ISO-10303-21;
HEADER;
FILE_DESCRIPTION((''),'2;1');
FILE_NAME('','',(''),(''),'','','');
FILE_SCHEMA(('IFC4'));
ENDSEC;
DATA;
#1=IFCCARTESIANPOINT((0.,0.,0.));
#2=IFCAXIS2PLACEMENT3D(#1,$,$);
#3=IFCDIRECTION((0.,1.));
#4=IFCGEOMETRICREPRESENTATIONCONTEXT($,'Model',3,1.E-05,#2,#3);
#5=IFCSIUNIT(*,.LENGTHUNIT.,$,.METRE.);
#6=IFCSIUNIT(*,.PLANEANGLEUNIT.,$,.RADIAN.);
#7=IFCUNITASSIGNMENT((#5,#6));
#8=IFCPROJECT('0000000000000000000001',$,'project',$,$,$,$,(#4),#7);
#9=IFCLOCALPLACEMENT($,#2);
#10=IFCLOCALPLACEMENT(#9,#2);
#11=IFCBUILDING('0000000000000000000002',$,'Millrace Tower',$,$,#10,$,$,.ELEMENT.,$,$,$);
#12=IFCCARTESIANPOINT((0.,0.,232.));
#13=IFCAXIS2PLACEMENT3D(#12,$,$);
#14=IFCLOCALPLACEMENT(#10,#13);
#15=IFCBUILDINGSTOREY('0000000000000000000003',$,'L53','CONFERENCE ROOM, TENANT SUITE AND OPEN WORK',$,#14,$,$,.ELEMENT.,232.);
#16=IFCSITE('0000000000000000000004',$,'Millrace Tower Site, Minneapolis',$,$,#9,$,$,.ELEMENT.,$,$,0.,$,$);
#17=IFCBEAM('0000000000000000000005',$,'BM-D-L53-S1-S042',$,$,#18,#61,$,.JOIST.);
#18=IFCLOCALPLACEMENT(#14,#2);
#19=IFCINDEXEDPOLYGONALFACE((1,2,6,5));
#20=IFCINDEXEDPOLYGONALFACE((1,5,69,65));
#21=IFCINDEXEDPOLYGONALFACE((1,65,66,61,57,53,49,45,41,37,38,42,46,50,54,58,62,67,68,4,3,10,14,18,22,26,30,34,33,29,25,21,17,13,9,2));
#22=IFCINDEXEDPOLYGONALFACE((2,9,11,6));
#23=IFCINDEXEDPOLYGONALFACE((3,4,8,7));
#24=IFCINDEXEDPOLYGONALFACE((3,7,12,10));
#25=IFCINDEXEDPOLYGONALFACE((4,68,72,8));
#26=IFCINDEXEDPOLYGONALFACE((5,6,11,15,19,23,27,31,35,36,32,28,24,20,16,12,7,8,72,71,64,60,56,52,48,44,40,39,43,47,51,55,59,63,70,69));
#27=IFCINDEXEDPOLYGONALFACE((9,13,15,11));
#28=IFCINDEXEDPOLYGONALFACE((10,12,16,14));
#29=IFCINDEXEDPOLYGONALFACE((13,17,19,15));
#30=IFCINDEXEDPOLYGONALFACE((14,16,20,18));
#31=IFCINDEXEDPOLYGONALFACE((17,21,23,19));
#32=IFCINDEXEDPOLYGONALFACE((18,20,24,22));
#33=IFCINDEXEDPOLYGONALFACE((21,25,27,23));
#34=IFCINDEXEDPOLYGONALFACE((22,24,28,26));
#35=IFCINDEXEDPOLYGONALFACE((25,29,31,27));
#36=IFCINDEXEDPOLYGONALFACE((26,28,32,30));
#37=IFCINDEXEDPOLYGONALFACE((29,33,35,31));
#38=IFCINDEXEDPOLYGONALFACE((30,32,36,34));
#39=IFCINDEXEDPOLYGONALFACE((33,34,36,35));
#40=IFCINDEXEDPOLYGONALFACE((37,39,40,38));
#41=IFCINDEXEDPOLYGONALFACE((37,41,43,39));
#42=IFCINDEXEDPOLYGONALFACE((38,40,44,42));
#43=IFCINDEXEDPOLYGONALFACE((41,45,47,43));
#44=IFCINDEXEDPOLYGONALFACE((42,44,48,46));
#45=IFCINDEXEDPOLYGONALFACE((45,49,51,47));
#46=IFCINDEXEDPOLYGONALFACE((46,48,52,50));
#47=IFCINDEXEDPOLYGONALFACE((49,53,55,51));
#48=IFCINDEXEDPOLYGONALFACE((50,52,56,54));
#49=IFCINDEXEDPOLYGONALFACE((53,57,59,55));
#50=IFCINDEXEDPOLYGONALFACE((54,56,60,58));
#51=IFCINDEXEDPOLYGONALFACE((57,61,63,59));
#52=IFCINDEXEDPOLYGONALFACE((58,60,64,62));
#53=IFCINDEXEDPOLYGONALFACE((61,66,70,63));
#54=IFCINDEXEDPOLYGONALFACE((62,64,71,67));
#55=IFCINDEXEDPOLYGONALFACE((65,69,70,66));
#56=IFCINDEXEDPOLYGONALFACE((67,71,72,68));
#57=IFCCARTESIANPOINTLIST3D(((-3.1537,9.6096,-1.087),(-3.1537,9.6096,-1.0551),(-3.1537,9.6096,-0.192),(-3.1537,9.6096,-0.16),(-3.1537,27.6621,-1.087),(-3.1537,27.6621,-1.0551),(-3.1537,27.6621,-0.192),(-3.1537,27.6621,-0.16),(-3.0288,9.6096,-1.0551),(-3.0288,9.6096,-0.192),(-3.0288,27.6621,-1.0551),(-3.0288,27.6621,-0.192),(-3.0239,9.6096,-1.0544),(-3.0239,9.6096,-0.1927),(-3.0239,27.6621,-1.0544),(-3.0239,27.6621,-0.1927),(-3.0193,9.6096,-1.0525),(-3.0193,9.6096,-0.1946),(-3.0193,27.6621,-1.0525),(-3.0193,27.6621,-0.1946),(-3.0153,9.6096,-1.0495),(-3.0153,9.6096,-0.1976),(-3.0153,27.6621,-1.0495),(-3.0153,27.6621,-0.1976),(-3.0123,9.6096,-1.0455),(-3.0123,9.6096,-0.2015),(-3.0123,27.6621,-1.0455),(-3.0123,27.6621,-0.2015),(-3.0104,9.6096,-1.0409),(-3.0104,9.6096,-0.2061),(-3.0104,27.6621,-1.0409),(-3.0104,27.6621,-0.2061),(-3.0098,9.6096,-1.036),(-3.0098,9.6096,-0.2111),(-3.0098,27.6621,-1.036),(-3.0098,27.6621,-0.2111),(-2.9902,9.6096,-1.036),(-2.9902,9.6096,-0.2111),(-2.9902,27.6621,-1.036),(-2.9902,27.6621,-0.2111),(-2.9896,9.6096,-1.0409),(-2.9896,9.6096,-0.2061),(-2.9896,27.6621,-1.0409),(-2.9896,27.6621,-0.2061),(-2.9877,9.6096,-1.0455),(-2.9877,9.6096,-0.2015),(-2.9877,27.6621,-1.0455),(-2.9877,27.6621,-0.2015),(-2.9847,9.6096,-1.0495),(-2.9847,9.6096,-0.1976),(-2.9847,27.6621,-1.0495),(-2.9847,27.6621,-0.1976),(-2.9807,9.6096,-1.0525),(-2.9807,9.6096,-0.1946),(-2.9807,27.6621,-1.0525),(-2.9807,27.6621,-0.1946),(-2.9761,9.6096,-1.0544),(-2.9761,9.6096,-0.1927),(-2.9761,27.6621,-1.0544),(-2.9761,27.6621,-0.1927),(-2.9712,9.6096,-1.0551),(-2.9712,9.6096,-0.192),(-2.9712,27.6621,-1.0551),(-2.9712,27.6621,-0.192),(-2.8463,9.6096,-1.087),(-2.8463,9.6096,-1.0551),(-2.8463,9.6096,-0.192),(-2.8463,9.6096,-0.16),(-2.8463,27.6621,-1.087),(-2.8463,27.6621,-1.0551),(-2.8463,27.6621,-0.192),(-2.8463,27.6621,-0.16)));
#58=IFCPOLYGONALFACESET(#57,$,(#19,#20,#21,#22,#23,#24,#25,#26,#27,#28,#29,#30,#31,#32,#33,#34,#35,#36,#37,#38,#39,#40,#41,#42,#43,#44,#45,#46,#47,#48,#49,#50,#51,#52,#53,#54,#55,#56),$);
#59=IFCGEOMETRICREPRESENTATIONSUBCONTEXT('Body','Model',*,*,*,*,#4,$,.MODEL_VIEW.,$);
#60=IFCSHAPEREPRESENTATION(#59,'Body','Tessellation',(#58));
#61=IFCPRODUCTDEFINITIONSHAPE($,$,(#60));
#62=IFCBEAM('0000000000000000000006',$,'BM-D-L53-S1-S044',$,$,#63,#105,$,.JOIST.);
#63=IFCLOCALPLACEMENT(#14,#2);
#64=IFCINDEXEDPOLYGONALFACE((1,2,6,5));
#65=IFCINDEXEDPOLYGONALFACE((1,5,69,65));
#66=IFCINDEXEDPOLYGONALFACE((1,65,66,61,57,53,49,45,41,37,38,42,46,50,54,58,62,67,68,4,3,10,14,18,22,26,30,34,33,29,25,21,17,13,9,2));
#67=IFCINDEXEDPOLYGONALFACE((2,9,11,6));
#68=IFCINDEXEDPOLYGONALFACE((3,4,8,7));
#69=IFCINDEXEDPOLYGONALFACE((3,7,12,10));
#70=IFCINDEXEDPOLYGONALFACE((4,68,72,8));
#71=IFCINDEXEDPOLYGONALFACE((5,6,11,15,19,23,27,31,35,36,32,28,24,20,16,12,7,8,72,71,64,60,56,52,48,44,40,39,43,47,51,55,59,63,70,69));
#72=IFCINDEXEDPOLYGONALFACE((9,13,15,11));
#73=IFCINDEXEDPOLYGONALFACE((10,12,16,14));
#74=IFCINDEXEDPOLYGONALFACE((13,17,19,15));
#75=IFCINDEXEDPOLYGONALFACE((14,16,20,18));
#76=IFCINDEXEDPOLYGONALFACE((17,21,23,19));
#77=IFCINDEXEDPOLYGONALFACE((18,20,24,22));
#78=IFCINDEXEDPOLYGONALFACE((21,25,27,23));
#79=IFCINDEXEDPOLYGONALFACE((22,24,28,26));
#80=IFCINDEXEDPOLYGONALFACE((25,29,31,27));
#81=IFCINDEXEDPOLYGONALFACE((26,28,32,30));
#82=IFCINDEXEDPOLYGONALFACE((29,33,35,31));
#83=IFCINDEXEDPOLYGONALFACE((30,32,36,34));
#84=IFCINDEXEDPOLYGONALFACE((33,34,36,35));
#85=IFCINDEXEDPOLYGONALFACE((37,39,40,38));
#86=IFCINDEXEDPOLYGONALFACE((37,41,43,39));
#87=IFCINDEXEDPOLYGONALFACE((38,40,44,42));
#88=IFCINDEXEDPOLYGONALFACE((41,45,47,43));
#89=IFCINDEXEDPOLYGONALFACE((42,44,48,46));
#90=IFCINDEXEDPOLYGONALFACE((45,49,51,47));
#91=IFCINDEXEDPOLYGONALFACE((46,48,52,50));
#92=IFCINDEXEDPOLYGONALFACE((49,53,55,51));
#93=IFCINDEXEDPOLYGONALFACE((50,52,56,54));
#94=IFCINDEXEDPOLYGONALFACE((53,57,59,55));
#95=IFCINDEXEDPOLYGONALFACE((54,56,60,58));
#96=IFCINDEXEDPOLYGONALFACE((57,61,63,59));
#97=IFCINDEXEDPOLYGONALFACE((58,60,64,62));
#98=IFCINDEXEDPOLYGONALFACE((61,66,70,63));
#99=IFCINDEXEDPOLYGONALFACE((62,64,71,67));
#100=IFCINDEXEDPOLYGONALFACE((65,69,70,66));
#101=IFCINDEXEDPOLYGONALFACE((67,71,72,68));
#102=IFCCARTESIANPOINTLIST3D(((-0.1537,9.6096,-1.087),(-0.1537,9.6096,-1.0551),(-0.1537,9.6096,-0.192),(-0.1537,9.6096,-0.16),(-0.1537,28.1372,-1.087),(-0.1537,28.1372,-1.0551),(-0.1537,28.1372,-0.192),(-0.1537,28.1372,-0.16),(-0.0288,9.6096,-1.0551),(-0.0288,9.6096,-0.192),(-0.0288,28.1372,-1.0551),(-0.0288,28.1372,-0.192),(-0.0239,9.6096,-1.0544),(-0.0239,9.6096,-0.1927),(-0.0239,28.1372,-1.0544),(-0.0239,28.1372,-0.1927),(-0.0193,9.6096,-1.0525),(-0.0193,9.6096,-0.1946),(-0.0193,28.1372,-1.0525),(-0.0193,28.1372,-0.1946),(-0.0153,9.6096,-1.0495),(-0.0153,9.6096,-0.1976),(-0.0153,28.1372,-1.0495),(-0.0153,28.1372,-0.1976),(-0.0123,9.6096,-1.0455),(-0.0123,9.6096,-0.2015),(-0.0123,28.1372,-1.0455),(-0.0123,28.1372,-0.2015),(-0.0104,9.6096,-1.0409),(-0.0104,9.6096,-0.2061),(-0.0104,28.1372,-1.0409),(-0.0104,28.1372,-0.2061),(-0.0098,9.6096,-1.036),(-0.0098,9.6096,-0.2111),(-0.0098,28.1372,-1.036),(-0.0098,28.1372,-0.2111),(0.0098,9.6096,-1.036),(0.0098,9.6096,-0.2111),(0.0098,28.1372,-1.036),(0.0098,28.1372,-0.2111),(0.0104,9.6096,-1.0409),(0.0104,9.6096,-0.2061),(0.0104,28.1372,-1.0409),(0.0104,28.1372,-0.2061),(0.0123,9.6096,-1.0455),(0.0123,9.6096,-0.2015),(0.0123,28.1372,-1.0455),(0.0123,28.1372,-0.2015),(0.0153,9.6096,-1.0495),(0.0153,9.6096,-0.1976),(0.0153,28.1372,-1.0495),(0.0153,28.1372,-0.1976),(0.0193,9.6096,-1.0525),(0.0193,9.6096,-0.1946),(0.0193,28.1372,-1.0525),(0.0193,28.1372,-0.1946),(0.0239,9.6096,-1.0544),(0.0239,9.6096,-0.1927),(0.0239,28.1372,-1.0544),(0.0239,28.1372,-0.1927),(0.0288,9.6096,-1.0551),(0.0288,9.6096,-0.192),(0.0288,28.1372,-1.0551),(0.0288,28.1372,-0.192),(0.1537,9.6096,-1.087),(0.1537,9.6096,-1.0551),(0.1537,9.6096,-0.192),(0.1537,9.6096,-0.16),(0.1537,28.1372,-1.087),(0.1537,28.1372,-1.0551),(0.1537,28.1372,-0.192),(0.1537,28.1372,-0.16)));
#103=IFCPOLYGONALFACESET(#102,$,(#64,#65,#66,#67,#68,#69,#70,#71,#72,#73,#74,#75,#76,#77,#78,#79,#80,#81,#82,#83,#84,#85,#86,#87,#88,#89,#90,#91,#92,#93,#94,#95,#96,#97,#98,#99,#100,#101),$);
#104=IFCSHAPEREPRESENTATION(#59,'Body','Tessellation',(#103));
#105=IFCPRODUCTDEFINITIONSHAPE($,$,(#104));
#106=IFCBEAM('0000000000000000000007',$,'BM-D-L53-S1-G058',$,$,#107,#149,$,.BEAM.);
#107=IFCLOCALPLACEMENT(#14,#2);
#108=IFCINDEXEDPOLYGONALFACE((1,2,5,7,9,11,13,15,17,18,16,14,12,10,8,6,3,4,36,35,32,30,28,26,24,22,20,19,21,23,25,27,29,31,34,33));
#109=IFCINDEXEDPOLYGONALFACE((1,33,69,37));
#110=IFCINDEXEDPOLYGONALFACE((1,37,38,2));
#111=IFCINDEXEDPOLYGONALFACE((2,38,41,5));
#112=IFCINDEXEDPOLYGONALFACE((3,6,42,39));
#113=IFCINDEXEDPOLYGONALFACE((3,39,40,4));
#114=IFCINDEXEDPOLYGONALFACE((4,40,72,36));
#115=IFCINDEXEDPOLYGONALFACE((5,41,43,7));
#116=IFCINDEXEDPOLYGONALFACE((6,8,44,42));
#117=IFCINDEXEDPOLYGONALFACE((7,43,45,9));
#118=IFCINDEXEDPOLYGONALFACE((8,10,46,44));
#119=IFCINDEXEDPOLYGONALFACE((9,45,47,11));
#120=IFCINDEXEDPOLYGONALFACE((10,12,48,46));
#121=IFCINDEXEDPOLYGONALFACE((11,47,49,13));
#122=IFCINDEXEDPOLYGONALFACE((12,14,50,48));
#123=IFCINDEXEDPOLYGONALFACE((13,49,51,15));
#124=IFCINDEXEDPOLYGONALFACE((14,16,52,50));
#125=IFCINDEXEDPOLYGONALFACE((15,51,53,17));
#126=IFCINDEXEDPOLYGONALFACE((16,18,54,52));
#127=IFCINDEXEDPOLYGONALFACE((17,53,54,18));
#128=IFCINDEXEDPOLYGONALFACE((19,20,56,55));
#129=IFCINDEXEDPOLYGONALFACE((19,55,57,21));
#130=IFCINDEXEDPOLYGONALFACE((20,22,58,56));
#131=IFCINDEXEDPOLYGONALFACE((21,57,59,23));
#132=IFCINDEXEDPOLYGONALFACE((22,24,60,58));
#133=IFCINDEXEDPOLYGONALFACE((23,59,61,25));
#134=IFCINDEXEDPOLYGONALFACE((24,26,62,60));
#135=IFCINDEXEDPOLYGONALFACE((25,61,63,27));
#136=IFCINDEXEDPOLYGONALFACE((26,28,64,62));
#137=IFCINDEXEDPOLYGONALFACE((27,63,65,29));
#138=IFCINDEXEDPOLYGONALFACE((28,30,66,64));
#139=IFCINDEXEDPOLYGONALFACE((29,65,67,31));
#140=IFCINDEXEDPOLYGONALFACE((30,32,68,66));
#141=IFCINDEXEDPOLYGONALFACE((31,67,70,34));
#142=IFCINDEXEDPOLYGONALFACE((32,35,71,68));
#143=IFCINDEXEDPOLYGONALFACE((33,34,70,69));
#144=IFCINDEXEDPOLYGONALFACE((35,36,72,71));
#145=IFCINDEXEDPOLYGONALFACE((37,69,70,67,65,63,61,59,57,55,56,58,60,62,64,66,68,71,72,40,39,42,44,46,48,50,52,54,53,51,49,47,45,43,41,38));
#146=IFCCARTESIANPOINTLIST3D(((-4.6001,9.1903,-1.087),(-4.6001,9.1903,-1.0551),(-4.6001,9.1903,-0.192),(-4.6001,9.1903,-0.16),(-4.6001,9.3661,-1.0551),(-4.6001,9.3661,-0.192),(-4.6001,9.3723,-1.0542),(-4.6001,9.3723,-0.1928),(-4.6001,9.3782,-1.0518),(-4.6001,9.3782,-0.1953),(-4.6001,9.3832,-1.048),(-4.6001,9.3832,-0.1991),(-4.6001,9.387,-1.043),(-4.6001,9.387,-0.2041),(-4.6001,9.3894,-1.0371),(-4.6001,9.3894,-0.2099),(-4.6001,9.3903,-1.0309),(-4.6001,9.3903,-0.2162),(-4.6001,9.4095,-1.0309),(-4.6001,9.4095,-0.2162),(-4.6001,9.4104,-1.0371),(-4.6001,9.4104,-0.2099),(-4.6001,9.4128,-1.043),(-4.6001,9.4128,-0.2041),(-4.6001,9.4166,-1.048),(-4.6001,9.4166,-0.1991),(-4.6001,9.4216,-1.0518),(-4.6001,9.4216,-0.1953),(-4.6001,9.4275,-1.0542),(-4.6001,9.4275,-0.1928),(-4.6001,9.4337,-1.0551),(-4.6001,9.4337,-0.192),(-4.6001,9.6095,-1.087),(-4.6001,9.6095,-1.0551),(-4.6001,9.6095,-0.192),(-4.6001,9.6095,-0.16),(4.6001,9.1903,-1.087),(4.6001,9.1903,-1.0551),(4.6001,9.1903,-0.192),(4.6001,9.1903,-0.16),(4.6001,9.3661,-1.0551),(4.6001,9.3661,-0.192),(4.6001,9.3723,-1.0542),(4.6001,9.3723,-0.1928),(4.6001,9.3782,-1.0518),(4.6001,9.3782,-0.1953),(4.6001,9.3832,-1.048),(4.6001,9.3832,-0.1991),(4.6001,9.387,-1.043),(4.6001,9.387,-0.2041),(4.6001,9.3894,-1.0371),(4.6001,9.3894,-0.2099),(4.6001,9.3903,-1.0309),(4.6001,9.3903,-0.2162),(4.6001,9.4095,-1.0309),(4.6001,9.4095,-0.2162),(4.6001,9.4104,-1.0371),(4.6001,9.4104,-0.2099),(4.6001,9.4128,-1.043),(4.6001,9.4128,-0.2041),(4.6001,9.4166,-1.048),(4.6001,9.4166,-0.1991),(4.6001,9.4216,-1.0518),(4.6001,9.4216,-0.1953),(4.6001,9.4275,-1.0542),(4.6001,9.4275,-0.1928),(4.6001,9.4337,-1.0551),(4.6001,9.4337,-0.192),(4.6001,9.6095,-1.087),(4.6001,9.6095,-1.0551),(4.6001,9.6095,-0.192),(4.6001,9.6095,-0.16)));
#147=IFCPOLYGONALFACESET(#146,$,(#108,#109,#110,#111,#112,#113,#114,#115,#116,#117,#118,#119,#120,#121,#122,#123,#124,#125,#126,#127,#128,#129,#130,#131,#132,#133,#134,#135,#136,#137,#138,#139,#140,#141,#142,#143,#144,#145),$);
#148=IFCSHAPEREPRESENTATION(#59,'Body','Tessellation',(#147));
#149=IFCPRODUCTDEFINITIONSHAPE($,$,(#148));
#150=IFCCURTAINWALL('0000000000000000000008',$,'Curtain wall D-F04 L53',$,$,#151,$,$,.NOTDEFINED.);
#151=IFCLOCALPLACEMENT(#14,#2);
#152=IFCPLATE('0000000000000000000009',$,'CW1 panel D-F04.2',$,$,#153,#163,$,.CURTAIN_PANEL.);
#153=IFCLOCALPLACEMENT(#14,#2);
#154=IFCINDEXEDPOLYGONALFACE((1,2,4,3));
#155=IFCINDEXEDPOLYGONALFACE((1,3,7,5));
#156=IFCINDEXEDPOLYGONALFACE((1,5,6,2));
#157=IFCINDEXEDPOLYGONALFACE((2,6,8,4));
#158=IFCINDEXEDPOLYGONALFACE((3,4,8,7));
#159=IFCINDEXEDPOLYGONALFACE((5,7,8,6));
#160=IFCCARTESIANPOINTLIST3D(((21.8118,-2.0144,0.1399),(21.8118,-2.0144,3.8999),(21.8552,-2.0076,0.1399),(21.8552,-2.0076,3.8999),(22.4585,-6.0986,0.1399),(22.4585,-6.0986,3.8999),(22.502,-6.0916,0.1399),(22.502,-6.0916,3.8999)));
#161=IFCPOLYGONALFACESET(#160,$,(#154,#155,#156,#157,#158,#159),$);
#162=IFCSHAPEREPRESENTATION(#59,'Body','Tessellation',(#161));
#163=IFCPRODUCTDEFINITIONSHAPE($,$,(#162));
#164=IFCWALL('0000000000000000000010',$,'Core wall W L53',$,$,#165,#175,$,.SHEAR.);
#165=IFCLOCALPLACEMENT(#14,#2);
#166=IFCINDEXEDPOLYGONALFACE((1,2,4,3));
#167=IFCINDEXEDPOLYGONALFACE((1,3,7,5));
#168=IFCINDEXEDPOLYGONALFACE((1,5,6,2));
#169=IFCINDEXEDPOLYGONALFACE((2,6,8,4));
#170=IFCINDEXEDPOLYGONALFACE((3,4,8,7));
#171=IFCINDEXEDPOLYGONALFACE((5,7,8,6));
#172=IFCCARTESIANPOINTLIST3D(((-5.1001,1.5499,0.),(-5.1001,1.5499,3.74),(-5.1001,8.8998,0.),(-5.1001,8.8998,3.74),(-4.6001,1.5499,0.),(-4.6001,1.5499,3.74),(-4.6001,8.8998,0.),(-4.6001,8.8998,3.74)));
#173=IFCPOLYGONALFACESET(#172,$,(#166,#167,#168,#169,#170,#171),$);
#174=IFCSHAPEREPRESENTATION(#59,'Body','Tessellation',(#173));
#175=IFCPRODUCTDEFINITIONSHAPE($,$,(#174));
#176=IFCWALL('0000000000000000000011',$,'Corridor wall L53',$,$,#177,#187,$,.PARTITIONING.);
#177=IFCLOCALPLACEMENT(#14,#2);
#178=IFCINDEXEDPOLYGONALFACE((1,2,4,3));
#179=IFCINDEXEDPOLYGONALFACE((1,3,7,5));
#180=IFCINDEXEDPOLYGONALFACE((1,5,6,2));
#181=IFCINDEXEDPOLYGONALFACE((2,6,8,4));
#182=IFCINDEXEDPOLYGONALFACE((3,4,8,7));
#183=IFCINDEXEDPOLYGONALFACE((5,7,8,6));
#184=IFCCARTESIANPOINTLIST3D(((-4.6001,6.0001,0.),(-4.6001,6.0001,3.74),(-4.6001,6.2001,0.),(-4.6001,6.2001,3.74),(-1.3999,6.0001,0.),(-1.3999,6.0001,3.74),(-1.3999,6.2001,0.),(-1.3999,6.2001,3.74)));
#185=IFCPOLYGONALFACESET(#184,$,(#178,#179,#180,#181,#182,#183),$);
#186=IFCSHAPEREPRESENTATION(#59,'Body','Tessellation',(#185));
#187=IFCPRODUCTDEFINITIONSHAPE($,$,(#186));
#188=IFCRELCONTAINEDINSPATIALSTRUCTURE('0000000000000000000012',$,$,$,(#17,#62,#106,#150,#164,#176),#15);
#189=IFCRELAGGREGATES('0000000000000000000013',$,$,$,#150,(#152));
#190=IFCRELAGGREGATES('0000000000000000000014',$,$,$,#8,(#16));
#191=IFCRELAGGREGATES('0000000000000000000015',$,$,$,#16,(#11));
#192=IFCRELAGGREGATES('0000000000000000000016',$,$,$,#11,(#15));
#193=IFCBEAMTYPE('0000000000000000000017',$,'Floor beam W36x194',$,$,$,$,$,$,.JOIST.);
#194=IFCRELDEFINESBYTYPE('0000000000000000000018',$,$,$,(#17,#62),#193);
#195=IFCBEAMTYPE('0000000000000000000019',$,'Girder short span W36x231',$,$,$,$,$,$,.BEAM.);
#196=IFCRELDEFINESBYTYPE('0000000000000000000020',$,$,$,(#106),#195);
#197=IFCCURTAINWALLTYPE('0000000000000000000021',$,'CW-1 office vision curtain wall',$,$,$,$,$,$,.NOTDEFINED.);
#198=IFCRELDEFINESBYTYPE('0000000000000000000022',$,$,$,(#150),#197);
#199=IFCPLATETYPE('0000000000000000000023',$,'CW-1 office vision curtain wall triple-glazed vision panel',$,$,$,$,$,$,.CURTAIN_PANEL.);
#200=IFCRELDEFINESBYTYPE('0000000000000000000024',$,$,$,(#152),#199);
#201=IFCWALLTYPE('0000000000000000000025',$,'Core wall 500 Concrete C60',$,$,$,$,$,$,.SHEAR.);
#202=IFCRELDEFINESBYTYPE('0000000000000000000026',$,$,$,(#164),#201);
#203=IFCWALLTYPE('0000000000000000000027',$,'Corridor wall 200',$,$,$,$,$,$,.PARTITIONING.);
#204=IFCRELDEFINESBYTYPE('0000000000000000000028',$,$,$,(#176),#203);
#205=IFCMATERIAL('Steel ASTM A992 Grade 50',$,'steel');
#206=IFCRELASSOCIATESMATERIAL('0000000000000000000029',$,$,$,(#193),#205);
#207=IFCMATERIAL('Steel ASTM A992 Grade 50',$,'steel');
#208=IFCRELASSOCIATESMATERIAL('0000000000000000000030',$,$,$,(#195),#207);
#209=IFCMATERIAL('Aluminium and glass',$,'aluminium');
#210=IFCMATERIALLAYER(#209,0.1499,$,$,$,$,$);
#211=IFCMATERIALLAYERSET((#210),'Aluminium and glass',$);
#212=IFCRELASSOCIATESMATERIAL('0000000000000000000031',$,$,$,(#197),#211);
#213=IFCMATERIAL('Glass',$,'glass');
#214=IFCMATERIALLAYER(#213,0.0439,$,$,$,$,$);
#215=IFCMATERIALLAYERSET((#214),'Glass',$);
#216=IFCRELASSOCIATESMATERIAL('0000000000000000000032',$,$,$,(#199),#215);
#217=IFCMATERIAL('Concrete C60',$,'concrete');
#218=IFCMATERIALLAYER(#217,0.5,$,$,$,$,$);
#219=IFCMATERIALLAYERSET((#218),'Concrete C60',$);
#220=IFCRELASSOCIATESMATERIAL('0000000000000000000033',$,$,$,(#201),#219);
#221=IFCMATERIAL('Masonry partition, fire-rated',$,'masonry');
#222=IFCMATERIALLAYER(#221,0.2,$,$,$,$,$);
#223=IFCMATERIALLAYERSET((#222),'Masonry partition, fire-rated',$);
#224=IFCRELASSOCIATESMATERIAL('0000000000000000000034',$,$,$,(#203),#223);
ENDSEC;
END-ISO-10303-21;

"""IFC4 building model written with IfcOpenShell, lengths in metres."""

from ifc_helpers import new_model, si_unit, direction, frame, frame_2d, origin, origin_2d, place, context, subcontext, project, spatial, polyline, rectangle, i_section, outline, extrude, material, layer, layer_set, material_profile, profile_set, type_object, element, aggregate, save


model = new_model("IFC4")

# Units and contexts
model_context = context("Model", 3, precision=1e-05, world=origin(), true_north=direction((0.0, 1.0)))
body_context = subcontext(model_context, "Body", "Model", "MODEL_VIEW")
ifc_project = project(units=[si_unit("LENGTHUNIT", "METRE"), si_unit("PLANEANGLEUNIT", "RADIAN")], contexts=[model_context])

# Site, building, storey
site_placement = place(None, origin())
site = spatial("IfcSite", under=ifc_project, at=site_placement, Name="Millrace Tower Site, Minneapolis", CompositionType="ELEMENT", RefElevation=0.0)
building_placement = place(site_placement, origin())
building = spatial("IfcBuilding", under=site, at=building_placement, Name="Millrace Tower", CompositionType="ELEMENT")
storey_placement = place(building_placement, frame((0.0, 0.0, 232.0)))
storey = spatial("IfcBuildingStorey", under=building, at=storey_placement, Name="L53", Description="CONFERENCE ROOM, TENANT SUITE AND OPEN WORK", CompositionType="ELEMENT", Elevation=232.0)

# Beams
ifc_material_1 = material(Name="Steel ASTM A992 Grade 50", Category="steel")
ifc_material_profile_1 = material_profile(ifc_material_1, i_section(OverallWidth=0.3074, OverallDepth=0.927, WebThickness=0.0195, FlangeThickness=0.032, FilletRadius=0.019, at=origin_2d()))
ifc_profile_set_1 = profile_set([ifc_material_profile_1], Name="Steel ASTM A992 Grade 50")
beam_type_1 = type_object("IfcBeamType", Name="Floor beam W36x194", PredefinedType="JOIST", material=ifc_profile_set_1)
beam_1_placement = place(storey_placement, frame((-3.0, 9.6096, -0.6235), z_axis=(0.0, 1.0, 0.0), x_axis=(-1.0, 0.0, 0.0)))
element("IfcBeam", 1, at=beam_1_placement, inside=storey, type_object=beam_type_1, Name="BM-D-L53-S1-S042", PredefinedType="JOIST", context=body_context, shape_type="SweptSolid", body=[
    extrude(i_section(OverallWidth=0.3074, OverallDepth=0.927, WebThickness=0.0195, FlangeThickness=0.032, FilletRadius=0.019, at=origin_2d()), origin(), (0.0, 0.0, 1.0), 18.0525),
])
beam_2_placement = place(storey_placement, frame((0.0, 9.6096, -0.6235), z_axis=(0.0, 1.0, 0.0), x_axis=(-1.0, 0.0, 0.0)))
element("IfcBeam", 2, at=beam_2_placement, inside=storey, type_object=beam_type_1, Name="BM-D-L53-S1-S044", PredefinedType="JOIST", context=body_context, shape_type="SweptSolid", body=[
    extrude(i_section(OverallWidth=0.3074, OverallDepth=0.927, WebThickness=0.0195, FlangeThickness=0.032, FilletRadius=0.019, at=origin_2d()), origin(), (0.0, 0.0, 1.0), 18.5276),
])
ifc_material_2 = material(Name="Steel ASTM A992 Grade 50", Category="steel")
ifc_material_profile_2 = material_profile(ifc_material_2, i_section(OverallWidth=0.4192, OverallDepth=0.927, WebThickness=0.0193, FlangeThickness=0.032, FilletRadius=0.0242, at=origin_2d()))
ifc_profile_set_2 = profile_set([ifc_material_profile_2], Name="Steel ASTM A992 Grade 50")
beam_type_2 = type_object("IfcBeamType", Name="Girder short span W36x231", PredefinedType="BEAM", material=ifc_profile_set_2)
beam_3_placement = place(storey_placement, frame((-4.6001, 9.3999, -0.6235), z_axis=(1.0, 0.0, 0.0), x_axis=(0.0, 1.0, 0.0)))
element("IfcBeam", 3, at=beam_3_placement, inside=storey, type_object=beam_type_2, Name="BM-D-L53-S1-G058", PredefinedType="BEAM", context=body_context, shape_type="SweptSolid", body=[
    extrude(i_section(OverallWidth=0.4192, OverallDepth=0.927, WebThickness=0.0193, FlangeThickness=0.032, FilletRadius=0.0242, at=origin_2d()), origin(), (0.0, 0.0, 1.0), 9.2002),
])

# Curtain wall, plate
ifc_material_3 = material(Name="Aluminium and glass", Category="aluminium")
ifc_layer_1 = layer(ifc_material_3, 0.1499)
ifc_layer_set_1 = layer_set([ifc_layer_1], Name="Aluminium and glass")
curtain_wall_type = type_object("IfcCurtainWallType", Name="CW-1 office vision curtain wall", PredefinedType="NOTDEFINED", material=ifc_layer_set_1)
placement = place(storey_placement, origin())
curtain_wall = element("IfcCurtainWall", 4, at=placement, inside=storey, type_object=curtain_wall_type, Name="Curtain wall D-F04 L53", PredefinedType="NOTDEFINED")
ifc_material_4 = material(Name="Glass", Category="glass")
ifc_layer_2 = layer(ifc_material_4, 0.0439)
ifc_layer_set_2 = layer_set([ifc_layer_2], Name="Glass")
plate_type = type_object("IfcPlateType", Name="CW-1 office vision curtain wall triple-glazed vision panel", PredefinedType="CURTAIN_PANEL", material=ifc_layer_set_2)
plate_placement = place(storey_placement, frame((0.0, 0.0, 0.1399)))
plate = element("IfcPlate", 5, at=plate_placement, type_object=plate_type, Name="CW1 panel D-F04.2", PredefinedType="CURTAIN_PANEL", context=body_context, shape_type="SweptSolid", body=[
    extrude(outline(polyline([(22.502, -6.0916), (21.8552, -2.0076), (21.8118, -2.0144), (22.4585, -6.0986), (22.502, -6.0916)])), origin(), (0.0, 0.0, 1.0), 3.76),
])
aggregate(curtain_wall, [plate])

# Walls
ifc_material_5 = material(Name="Concrete C60", Category="concrete")
ifc_layer_3 = layer(ifc_material_5, 0.5)
ifc_layer_set_3 = layer_set([ifc_layer_3], Name="Concrete C60")
wall_type_1 = type_object("IfcWallType", Name="Core wall 500 Concrete C60", PredefinedType="SHEAR", material=ifc_layer_set_3)
wall_1_placement = place(storey_placement, frame((-4.8501, 1.55, 0.0), z_axis=(0.0, 0.0, 1.0), x_axis=(0.0, 1.0, 0.0)))
element("IfcWall", 6, at=wall_1_placement, inside=storey, type_object=wall_type_1, Name="Core wall W L53", PredefinedType="SHEAR", context=body_context, shape_type="SweptSolid", body=[
    extrude(rectangle(XDim=7.3499, YDim=0.5, at=frame_2d((3.6748, 0.0))), origin(), (0.0, 0.0, 1.0), 3.74),
])
ifc_material_6 = material(Name="Masonry partition, fire-rated", Category="masonry")
ifc_layer_4 = layer(ifc_material_6, 0.2)
ifc_layer_set_4 = layer_set([ifc_layer_4], Name="Masonry partition, fire-rated")
wall_type_2 = type_object("IfcWallType", Name="Corridor wall 200", PredefinedType="PARTITIONING", material=ifc_layer_set_4)
wall_2_placement = place(storey_placement, frame((-4.6001, 6.1001, 0.0), z_axis=(0.0, 0.0, 1.0), x_axis=(1.0, 0.0, 0.0)))
element("IfcWall", 7, at=wall_2_placement, inside=storey, type_object=wall_type_2, Name="Corridor wall L53", PredefinedType="PARTITIONING", context=body_context, shape_type="SweptSolid", body=[
    extrude(rectangle(XDim=3.2002, YDim=0.2, at=frame_2d((1.6001, 0.0))), origin(), (0.0, 0.0, 1.0), 3.74),
])

save(model, "model.ifc")
